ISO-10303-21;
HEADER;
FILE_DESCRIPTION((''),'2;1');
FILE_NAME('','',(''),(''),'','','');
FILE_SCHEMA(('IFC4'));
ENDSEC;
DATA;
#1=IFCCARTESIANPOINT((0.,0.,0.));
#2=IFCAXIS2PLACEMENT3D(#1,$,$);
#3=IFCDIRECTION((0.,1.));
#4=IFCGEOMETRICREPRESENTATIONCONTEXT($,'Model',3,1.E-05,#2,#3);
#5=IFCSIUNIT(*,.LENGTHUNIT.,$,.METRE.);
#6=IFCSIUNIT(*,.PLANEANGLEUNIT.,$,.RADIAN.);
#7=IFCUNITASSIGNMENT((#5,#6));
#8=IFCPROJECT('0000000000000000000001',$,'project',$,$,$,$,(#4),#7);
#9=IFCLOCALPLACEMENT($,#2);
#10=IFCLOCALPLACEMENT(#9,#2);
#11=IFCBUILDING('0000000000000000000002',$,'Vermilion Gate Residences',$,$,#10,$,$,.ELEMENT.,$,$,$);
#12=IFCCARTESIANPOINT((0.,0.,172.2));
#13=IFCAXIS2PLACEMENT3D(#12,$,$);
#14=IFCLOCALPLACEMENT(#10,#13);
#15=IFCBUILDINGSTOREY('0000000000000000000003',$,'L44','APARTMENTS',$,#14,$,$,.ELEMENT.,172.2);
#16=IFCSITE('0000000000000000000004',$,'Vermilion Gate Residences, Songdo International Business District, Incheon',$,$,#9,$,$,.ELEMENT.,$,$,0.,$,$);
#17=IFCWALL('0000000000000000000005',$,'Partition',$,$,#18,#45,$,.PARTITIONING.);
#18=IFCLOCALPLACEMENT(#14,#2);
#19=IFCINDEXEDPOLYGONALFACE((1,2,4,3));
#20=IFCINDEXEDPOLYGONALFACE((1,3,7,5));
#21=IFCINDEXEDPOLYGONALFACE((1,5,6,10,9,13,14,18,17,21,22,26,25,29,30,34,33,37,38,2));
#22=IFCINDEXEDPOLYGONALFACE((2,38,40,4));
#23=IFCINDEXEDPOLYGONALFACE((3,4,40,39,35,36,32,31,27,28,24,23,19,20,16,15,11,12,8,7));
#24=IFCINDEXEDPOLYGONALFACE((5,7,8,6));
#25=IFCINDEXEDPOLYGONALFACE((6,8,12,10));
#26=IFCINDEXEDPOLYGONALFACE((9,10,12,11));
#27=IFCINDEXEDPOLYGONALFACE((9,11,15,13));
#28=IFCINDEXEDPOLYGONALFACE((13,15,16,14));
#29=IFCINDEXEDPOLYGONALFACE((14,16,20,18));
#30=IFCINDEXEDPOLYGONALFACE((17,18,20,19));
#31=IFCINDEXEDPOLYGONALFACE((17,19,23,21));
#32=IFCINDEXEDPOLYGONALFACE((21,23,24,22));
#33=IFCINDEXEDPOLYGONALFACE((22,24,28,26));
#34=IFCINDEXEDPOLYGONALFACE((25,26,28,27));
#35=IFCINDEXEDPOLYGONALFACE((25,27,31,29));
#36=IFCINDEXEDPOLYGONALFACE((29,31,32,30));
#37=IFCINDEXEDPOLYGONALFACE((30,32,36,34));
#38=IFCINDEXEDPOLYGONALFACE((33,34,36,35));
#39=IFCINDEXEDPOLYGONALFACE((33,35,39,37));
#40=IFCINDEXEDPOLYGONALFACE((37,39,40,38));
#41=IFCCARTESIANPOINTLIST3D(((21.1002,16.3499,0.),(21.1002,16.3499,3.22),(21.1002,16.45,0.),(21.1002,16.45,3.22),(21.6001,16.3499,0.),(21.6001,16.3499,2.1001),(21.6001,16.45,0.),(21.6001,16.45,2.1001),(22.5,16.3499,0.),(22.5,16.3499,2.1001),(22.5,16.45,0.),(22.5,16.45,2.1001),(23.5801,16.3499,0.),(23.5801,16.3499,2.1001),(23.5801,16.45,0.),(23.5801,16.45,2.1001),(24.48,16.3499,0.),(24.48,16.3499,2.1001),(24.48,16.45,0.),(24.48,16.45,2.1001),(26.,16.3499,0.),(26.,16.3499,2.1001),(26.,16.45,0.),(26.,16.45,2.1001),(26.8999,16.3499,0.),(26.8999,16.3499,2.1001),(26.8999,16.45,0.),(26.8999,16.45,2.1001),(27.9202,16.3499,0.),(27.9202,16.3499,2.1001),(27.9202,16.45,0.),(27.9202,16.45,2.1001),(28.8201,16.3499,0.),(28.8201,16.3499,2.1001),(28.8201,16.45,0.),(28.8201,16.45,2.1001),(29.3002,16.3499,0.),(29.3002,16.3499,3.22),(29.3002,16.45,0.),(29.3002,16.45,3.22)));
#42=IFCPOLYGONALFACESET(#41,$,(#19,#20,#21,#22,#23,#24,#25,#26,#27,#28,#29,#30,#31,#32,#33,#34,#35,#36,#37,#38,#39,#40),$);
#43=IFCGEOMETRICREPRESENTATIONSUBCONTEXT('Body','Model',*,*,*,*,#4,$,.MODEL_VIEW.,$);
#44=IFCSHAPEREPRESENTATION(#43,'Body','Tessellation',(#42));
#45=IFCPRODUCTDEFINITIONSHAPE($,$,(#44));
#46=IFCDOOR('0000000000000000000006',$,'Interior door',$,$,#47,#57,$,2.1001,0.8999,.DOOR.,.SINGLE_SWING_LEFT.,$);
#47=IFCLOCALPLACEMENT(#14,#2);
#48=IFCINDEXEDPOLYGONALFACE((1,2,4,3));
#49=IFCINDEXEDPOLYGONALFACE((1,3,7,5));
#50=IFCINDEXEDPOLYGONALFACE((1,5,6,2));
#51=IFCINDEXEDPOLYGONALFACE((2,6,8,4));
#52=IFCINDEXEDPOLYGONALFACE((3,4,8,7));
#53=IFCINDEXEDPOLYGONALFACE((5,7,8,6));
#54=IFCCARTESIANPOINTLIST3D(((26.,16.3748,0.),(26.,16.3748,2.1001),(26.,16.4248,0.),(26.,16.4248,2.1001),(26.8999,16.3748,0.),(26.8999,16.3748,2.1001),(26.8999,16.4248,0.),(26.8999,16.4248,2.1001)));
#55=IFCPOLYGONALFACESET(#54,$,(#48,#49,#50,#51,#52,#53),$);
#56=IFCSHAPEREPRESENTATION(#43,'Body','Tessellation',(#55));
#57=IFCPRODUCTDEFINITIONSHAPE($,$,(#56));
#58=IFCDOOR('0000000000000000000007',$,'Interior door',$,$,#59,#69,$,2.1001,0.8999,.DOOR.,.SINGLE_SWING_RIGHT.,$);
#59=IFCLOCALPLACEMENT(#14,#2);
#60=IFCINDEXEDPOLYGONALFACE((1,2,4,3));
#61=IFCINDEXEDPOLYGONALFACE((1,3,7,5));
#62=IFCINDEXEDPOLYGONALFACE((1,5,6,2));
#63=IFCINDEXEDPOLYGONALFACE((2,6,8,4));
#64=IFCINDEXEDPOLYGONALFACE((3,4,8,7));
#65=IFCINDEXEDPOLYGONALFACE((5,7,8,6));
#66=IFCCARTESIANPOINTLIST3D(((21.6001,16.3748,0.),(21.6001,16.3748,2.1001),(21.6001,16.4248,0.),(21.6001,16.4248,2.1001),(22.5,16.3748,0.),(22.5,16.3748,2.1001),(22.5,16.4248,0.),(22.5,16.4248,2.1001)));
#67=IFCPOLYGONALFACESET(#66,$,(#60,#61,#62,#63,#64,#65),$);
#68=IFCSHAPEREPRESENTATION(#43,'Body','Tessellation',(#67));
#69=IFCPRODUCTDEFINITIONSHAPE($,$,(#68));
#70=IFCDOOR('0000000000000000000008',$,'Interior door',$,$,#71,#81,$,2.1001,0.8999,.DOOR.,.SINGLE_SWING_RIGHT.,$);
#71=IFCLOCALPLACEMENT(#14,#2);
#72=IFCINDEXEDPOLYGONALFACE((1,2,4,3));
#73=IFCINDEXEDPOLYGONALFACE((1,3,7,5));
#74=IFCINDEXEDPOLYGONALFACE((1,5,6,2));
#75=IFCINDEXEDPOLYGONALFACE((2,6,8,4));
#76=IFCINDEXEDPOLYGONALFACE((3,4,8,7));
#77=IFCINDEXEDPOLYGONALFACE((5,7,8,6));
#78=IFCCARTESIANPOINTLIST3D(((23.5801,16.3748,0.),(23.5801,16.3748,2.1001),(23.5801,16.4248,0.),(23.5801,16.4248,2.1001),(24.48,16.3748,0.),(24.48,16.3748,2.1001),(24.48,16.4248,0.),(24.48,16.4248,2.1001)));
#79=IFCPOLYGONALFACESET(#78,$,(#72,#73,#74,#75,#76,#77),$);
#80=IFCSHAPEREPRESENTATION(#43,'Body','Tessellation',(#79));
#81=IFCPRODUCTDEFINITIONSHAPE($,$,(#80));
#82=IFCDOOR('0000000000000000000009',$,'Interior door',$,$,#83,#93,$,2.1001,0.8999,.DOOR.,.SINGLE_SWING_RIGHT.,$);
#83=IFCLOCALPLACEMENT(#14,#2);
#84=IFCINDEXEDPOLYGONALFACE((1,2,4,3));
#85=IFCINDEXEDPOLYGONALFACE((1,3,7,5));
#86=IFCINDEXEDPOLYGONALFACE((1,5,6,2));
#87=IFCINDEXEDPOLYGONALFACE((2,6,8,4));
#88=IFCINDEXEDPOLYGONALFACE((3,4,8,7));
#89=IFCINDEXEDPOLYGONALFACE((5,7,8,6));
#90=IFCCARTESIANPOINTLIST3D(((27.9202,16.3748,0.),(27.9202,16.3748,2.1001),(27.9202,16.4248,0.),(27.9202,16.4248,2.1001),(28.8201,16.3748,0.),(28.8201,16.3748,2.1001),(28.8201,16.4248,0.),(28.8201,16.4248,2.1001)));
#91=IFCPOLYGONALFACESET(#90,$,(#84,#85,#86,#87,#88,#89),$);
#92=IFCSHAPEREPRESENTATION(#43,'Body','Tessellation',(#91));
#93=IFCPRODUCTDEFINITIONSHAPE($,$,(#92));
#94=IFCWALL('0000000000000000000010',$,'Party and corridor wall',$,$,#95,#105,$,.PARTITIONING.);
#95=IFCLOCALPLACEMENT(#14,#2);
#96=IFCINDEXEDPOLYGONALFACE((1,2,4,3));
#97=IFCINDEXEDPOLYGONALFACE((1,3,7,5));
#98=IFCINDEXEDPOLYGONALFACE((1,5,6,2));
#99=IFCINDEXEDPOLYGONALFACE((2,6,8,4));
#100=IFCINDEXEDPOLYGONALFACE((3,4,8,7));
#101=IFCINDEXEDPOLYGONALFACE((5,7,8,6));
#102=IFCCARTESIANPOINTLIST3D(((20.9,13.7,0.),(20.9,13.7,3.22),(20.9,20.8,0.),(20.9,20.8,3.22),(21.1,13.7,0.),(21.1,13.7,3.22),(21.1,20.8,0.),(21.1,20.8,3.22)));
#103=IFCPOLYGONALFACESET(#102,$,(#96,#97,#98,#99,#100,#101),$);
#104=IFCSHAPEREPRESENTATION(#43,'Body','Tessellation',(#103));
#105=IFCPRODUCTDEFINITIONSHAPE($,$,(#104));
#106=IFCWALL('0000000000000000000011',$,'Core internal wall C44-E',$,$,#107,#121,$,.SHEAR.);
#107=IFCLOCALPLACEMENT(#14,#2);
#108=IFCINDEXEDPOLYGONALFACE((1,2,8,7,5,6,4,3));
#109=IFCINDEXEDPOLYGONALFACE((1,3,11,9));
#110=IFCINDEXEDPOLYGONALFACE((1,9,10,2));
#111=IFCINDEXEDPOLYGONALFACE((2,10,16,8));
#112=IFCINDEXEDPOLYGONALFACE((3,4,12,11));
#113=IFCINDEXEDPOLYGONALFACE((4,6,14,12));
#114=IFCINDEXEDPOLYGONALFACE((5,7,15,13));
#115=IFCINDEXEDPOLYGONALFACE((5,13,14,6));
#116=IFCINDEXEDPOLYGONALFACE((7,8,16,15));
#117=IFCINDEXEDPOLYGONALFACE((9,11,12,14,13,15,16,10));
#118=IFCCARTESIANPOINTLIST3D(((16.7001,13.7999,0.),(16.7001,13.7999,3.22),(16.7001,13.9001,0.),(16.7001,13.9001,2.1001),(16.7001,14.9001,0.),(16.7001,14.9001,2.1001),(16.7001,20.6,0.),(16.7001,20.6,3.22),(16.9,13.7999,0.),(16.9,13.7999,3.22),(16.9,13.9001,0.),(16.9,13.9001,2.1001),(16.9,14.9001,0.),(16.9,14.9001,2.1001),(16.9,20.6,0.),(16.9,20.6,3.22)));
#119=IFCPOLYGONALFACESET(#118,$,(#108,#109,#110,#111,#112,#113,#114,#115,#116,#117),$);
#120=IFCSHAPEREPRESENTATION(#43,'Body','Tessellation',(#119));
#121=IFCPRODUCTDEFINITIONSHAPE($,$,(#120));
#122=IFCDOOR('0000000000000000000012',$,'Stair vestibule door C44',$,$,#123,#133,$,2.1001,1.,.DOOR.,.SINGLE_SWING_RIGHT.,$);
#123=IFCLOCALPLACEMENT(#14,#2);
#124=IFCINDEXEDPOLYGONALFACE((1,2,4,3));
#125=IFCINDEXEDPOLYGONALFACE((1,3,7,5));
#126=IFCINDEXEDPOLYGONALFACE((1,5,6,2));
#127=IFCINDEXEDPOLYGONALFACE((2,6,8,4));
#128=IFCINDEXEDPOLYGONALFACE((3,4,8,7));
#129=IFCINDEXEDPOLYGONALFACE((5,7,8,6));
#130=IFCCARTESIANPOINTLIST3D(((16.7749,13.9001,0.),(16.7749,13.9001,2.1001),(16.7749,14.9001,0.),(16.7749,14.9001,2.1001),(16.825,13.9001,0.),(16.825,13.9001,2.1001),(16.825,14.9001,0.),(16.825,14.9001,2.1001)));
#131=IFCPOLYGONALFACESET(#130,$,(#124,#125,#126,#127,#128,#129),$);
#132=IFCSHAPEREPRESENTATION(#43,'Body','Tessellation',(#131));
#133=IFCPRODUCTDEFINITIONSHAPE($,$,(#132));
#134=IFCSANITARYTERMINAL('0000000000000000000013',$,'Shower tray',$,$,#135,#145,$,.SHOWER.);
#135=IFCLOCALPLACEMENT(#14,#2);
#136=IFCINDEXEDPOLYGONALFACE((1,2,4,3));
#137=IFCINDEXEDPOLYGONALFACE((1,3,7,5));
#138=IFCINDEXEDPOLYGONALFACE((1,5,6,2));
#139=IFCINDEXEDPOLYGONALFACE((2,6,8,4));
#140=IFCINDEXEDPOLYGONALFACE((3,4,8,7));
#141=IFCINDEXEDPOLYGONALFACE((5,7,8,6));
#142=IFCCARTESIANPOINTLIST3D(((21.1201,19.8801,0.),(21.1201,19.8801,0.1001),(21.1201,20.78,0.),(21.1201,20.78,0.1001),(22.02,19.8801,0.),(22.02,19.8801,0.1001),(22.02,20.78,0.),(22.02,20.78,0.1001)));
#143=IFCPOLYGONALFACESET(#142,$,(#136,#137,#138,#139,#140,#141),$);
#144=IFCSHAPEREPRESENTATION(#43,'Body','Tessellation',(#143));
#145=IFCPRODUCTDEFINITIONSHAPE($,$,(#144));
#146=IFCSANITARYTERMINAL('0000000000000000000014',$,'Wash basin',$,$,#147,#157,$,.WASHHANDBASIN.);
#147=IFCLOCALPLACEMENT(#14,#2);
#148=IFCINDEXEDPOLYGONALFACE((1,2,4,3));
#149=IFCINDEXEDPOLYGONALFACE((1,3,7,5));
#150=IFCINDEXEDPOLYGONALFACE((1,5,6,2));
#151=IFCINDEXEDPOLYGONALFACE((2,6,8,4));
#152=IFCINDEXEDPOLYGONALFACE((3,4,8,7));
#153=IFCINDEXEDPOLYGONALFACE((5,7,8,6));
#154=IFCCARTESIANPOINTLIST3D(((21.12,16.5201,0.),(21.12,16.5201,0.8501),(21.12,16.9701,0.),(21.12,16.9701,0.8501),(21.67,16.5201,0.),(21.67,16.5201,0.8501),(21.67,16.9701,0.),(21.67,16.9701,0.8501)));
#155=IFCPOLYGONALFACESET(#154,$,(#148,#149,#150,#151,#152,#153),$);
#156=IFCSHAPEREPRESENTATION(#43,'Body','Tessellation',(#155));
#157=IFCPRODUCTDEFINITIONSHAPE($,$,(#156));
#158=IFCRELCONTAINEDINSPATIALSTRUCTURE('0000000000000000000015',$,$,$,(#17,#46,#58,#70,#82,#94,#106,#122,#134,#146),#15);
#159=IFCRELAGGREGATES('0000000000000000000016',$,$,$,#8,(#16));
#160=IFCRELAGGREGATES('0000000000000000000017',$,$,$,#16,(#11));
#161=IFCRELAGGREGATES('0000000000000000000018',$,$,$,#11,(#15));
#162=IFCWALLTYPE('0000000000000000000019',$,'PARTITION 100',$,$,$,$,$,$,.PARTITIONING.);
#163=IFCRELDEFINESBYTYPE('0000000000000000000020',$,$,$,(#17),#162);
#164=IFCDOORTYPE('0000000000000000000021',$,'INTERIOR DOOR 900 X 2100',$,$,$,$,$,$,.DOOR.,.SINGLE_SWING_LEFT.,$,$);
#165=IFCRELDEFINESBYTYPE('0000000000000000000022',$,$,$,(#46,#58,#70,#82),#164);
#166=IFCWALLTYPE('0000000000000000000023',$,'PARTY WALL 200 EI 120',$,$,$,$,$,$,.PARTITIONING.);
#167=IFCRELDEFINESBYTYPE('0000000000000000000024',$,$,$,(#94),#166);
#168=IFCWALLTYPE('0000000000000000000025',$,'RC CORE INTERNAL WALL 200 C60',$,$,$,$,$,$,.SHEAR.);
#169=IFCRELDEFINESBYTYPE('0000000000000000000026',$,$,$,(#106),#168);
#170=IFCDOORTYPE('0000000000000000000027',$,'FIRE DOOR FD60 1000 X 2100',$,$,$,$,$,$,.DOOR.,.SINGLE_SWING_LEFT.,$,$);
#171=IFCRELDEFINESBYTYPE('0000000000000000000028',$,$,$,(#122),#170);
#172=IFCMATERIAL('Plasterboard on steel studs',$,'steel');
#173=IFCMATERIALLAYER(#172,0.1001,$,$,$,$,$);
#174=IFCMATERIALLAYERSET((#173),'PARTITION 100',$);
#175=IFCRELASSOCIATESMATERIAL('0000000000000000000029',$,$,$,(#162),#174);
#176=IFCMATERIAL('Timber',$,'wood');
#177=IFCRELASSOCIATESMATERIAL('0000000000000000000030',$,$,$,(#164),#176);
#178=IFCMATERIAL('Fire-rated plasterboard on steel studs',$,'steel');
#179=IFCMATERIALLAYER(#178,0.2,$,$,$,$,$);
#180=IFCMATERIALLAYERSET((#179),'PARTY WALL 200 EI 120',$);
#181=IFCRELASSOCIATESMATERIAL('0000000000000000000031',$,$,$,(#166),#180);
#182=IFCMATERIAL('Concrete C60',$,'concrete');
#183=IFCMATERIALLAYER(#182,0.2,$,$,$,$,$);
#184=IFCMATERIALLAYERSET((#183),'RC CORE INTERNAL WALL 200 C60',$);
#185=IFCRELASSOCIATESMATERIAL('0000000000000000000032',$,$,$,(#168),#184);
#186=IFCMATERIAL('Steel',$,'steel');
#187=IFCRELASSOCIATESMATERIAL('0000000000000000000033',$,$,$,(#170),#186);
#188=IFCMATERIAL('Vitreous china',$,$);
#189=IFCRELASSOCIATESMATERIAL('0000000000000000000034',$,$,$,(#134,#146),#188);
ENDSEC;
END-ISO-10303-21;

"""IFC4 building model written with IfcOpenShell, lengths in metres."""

from ifc_helpers import new_model, si_unit, direction, frame, frame_2d, origin, origin_2d, place, context, subcontext, project, spatial, rectangle, extrude, material, layer, layer_set, type_object, element, fill, save


model = new_model("IFC4")

# Units and contexts
model_context = context("Model", 3, precision=1e-05, world=origin(), true_north=direction((0.0, 1.0)))
body_context = subcontext(model_context, "Body", "Model", "MODEL_VIEW")
ifc_project = project(units=[si_unit("LENGTHUNIT", "METRE"), si_unit("PLANEANGLEUNIT", "RADIAN")], contexts=[model_context])

# Site, building, storey
site_placement = place(None, origin())
site = spatial("IfcSite", under=ifc_project, at=site_placement, Name="Vermilion Gate Residences, Songdo International Business District, Incheon", CompositionType="ELEMENT", RefElevation=0.0)
building_placement = place(site_placement, origin())
building = spatial("IfcBuilding", under=site, at=building_placement, Name="Vermilion Gate Residences", CompositionType="ELEMENT")
storey_placement = place(building_placement, frame((0.0, 0.0, 172.2)))
storey = spatial("IfcBuildingStorey", under=building, at=storey_placement, Name="L44", Description="APARTMENTS", CompositionType="ELEMENT", Elevation=172.2)

# Wall, openings, doors
ifc_material_1 = material(Name="Plasterboard on steel studs", Category="steel")
ifc_layer_1 = layer(ifc_material_1, 0.1001)
ifc_layer_set_1 = layer_set([ifc_layer_1], Name="PARTITION 100")
wall_type_1 = type_object("IfcWallType", Name="PARTITION 100", PredefinedType="PARTITIONING", material=ifc_layer_set_1)
ifc_material_2 = material(Name="Timber", Category="wood")
door_type_1 = type_object("IfcDoorType", Name="INTERIOR DOOR 900 X 2100", OperationType="SINGLE_SWING_LEFT", PredefinedType="DOOR", material=ifc_material_2)
wall_1_placement = place(storey_placement, frame((21.1001, 16.3999, 0.0), z_axis=(0.0, 0.0, 1.0), x_axis=(1.0, 0.0, 0.0)))
wall_1 = element("IfcWall", 1, at=wall_1_placement, inside=storey, type_object=wall_type_1, Name="Partition", PredefinedType="PARTITIONING", context=body_context, shape_type="SweptSolid", body=[
    extrude(rectangle(XDim=8.2, YDim=0.1001, at=frame_2d((4.1001, 0.0))), origin(), (0.0, 0.0, 1.0), 3.22),
])
opening_1_placement = place(wall_1_placement, frame((4.8999, 0.0, 0.0)))
opening_1 = element("IfcOpeningElement", 2, at=opening_1_placement, cuts=wall_1, PredefinedType="OPENING", context=body_context, shape_type="SweptSolid", body=[
    extrude(rectangle(XDim=0.8999, YDim=2.1001, at=frame_2d((0.45, 1.05))), frame((0.0, 0.0601, 0.0), z_axis=(0.0, -1.0, 0.0), x_axis=(1.0, 0.0, 0.0)), (0.0, 0.0, 1.0), 0.1201),
])
opening_2_placement = place(wall_1_placement, frame((0.5, 0.0, 0.0)))
opening_2 = element("IfcOpeningElement", 3, at=opening_2_placement, cuts=wall_1, PredefinedType="OPENING", context=body_context, shape_type="SweptSolid", body=[
    extrude(rectangle(XDim=0.8999, YDim=2.1001, at=frame_2d((0.45, 1.05))), frame((0.0, 0.0601, 0.0), z_axis=(0.0, -1.0, 0.0), x_axis=(1.0, 0.0, 0.0)), (0.0, 0.0, 1.0), 0.1201),
])
opening_3_placement = place(wall_1_placement, frame((2.48, 0.0, 0.0)))
opening_3 = element("IfcOpeningElement", 4, at=opening_3_placement, cuts=wall_1, PredefinedType="OPENING", context=body_context, shape_type="SweptSolid", body=[
    extrude(rectangle(XDim=0.8999, YDim=2.1001, at=frame_2d((0.45, 1.05))), frame((0.0, 0.0601, 0.0), z_axis=(0.0, -1.0, 0.0), x_axis=(1.0, 0.0, 0.0)), (0.0, 0.0, 1.0), 0.1201),
])
opening_4_placement = place(wall_1_placement, frame((6.8201, 0.0, 0.0)))
opening_4 = element("IfcOpeningElement", 5, at=opening_4_placement, cuts=wall_1, PredefinedType="OPENING", context=body_context, shape_type="SweptSolid", body=[
    extrude(rectangle(XDim=0.8999, YDim=2.1001, at=frame_2d((0.45, 1.05))), frame((0.0, 0.0601, 0.0), z_axis=(0.0, -1.0, 0.0), x_axis=(1.0, 0.0, 0.0)), (0.0, 0.0, 1.0), 0.1201),
])
door_1_placement = place(opening_1_placement, origin())
door_1 = element("IfcDoor", 6, at=door_1_placement, inside=storey, type_object=door_type_1, Name="Interior door", OperationType="SINGLE_SWING_LEFT", OverallHeight=2.1001, OverallWidth=0.8999, PredefinedType="DOOR", context=body_context, shape_type="SweptSolid", body=[
    extrude(rectangle(XDim=0.8999, YDim=2.1001, at=frame_2d((0.45, 1.05))), frame((0.0, 0.0249, 0.0), z_axis=(0.0, -1.0, 0.0), x_axis=(1.0, 0.0, 0.0)), (0.0, 0.0, 1.0), 0.05),
])
fill(opening_1, door_1)
door_2_placement = place(opening_2_placement, origin())
door_2 = element("IfcDoor", 7, at=door_2_placement, inside=storey, type_object=door_type_1, Name="Interior door", OperationType="SINGLE_SWING_RIGHT", OverallHeight=2.1001, OverallWidth=0.8999, PredefinedType="DOOR", context=body_context, shape_type="SweptSolid", body=[
    extrude(rectangle(XDim=0.8999, YDim=2.1001, at=frame_2d((0.45, 1.05))), frame((0.0, 0.0249, 0.0), z_axis=(0.0, -1.0, 0.0), x_axis=(1.0, 0.0, 0.0)), (0.0, 0.0, 1.0), 0.05),
])
fill(opening_2, door_2)
door_3_placement = place(opening_3_placement, origin())
door_3 = element("IfcDoor", 8, at=door_3_placement, inside=storey, type_object=door_type_1, Name="Interior door", OperationType="SINGLE_SWING_RIGHT", OverallHeight=2.1001, OverallWidth=0.8999, PredefinedType="DOOR", context=body_context, shape_type="SweptSolid", body=[
    extrude(rectangle(XDim=0.8999, YDim=2.1001, at=frame_2d((0.45, 1.05))), frame((0.0, 0.0249, 0.0), z_axis=(0.0, -1.0, 0.0), x_axis=(1.0, 0.0, 0.0)), (0.0, 0.0, 1.0), 0.05),
])
fill(opening_3, door_3)
door_4_placement = place(opening_4_placement, origin())
door_4 = element("IfcDoor", 9, at=door_4_placement, inside=storey, type_object=door_type_1, Name="Interior door", OperationType="SINGLE_SWING_RIGHT", OverallHeight=2.1001, OverallWidth=0.8999, PredefinedType="DOOR", context=body_context, shape_type="SweptSolid", body=[
    extrude(rectangle(XDim=0.8999, YDim=2.1001, at=frame_2d((0.45, 1.05))), frame((0.0, 0.0249, 0.0), z_axis=(0.0, -1.0, 0.0), x_axis=(1.0, 0.0, 0.0)), (0.0, 0.0, 1.0), 0.05),
])
fill(opening_4, door_4)

# Wall
ifc_material_3 = material(Name="Fire-rated plasterboard on steel studs", Category="steel")
ifc_layer_2 = layer(ifc_material_3, 0.2)
ifc_layer_set_2 = layer_set([ifc_layer_2], Name="PARTY WALL 200 EI 120")
wall_type_2 = type_object("IfcWallType", Name="PARTY WALL 200 EI 120", PredefinedType="PARTITIONING", material=ifc_layer_set_2)
wall_2_placement = place(storey_placement, frame((21.0, 13.7, 0.0), z_axis=(0.0, 0.0, 1.0), x_axis=(0.0, 1.0, 0.0)))
element("IfcWall", 10, at=wall_2_placement, inside=storey, type_object=wall_type_2, Name="Party and corridor wall", PredefinedType="PARTITIONING", context=body_context, shape_type="SweptSolid", body=[
    extrude(rectangle(XDim=7.1001, YDim=0.2, at=frame_2d((3.55, 0.0))), origin(), (0.0, 0.0, 1.0), 3.22),
])

# Wall, opening, door
ifc_material_4 = material(Name="Concrete C60", Category="concrete")
ifc_layer_3 = layer(ifc_material_4, 0.2)
ifc_layer_set_3 = layer_set([ifc_layer_3], Name="RC CORE INTERNAL WALL 200 C60")
wall_type_3 = type_object("IfcWallType", Name="RC CORE INTERNAL WALL 200 C60", PredefinedType="SHEAR", material=ifc_layer_set_3)
wall_3_placement = place(storey_placement, frame((16.8, 13.8, 0.0), z_axis=(0.0, 0.0, 1.0), x_axis=(0.0, 1.0, 0.0)))
wall_3 = element("IfcWall", 11, at=wall_3_placement, inside=storey, type_object=wall_type_3, Name="Core internal wall C44-E", PredefinedType="SHEAR", context=body_context, shape_type="SweptSolid", body=[
    extrude(rectangle(XDim=6.8, YDim=0.2, at=frame_2d((3.3999, 0.0))), origin(), (0.0, 0.0, 1.0), 3.22),
])
opening_5_placement = place(wall_3_placement, frame((0.1001, 0.0, 0.0)))
opening_5 = element("IfcOpeningElement", 12, at=opening_5_placement, cuts=wall_3, PredefinedType="OPENING", context=body_context, shape_type="SweptSolid", body=[
    extrude(rectangle(XDim=1.0, YDim=2.1001, at=frame_2d((0.5, 1.05))), frame((0.0, 0.1099, 0.0), z_axis=(0.0, -1.0, 0.0), x_axis=(1.0, 0.0, 0.0)), (0.0, 0.0, 1.0), 0.22),
])
ifc_material_5 = material(Name="Steel", Category="steel")
door_type_2 = type_object("IfcDoorType", Name="FIRE DOOR FD60 1000 X 2100", OperationType="SINGLE_SWING_LEFT", PredefinedType="DOOR", material=ifc_material_5)
door_5_placement = place(opening_5_placement, frame((1.0, 0.0, 0.0), z_axis=(0.0, 0.0, 1.0), x_axis=(-1.0, 0.0, 0.0)))
door_5 = element("IfcDoor", 13, at=door_5_placement, inside=storey, type_object=door_type_2, Name="Stair vestibule door C44", OperationType="SINGLE_SWING_RIGHT", OverallHeight=2.1001, OverallWidth=1.0, PredefinedType="DOOR", context=body_context, shape_type="SweptSolid", body=[
    extrude(rectangle(XDim=1.0, YDim=2.1001, at=frame_2d((0.5, 1.05))), frame((0.0, 0.0249, 0.0), z_axis=(0.0, -1.0, 0.0), x_axis=(1.0, 0.0, 0.0)), (0.0, 0.0, 1.0), 0.05),
])
fill(opening_5, door_5)

# Sanitary terminals
ifc_material_6 = material(Name="Vitreous china")
sanitary_terminal_1_placement = place(storey_placement, frame((21.5701, 20.3301, 0.0), z_axis=(0.0, 0.0, 1.0), x_axis=(1.0, 0.0, 0.0)))
element("IfcSanitaryTerminal", 14, at=sanitary_terminal_1_placement, inside=storey, material=ifc_material_6, Name="Shower tray", PredefinedType="SHOWER", context=body_context, shape_type="SweptSolid", body=[
    extrude(rectangle(XDim=0.8999, YDim=0.8999, at=origin_2d()), origin(), (0.0, 0.0, 1.0), 0.1001),
])
sanitary_terminal_2_placement = place(storey_placement, frame((21.395, 16.7451, 0.0), z_axis=(0.0, 0.0, 1.0), x_axis=(1.0, 0.0, 0.0)))
element("IfcSanitaryTerminal", 15, at=sanitary_terminal_2_placement, inside=storey, material=ifc_material_6, Name="Wash basin", PredefinedType="WASHHANDBASIN", context=body_context, shape_type="SweptSolid", body=[
    extrude(rectangle(XDim=0.55, YDim=0.45, at=origin_2d()), origin(), (0.0, 0.0, 1.0), 0.8501),
])

save(model, "model.ifc")
